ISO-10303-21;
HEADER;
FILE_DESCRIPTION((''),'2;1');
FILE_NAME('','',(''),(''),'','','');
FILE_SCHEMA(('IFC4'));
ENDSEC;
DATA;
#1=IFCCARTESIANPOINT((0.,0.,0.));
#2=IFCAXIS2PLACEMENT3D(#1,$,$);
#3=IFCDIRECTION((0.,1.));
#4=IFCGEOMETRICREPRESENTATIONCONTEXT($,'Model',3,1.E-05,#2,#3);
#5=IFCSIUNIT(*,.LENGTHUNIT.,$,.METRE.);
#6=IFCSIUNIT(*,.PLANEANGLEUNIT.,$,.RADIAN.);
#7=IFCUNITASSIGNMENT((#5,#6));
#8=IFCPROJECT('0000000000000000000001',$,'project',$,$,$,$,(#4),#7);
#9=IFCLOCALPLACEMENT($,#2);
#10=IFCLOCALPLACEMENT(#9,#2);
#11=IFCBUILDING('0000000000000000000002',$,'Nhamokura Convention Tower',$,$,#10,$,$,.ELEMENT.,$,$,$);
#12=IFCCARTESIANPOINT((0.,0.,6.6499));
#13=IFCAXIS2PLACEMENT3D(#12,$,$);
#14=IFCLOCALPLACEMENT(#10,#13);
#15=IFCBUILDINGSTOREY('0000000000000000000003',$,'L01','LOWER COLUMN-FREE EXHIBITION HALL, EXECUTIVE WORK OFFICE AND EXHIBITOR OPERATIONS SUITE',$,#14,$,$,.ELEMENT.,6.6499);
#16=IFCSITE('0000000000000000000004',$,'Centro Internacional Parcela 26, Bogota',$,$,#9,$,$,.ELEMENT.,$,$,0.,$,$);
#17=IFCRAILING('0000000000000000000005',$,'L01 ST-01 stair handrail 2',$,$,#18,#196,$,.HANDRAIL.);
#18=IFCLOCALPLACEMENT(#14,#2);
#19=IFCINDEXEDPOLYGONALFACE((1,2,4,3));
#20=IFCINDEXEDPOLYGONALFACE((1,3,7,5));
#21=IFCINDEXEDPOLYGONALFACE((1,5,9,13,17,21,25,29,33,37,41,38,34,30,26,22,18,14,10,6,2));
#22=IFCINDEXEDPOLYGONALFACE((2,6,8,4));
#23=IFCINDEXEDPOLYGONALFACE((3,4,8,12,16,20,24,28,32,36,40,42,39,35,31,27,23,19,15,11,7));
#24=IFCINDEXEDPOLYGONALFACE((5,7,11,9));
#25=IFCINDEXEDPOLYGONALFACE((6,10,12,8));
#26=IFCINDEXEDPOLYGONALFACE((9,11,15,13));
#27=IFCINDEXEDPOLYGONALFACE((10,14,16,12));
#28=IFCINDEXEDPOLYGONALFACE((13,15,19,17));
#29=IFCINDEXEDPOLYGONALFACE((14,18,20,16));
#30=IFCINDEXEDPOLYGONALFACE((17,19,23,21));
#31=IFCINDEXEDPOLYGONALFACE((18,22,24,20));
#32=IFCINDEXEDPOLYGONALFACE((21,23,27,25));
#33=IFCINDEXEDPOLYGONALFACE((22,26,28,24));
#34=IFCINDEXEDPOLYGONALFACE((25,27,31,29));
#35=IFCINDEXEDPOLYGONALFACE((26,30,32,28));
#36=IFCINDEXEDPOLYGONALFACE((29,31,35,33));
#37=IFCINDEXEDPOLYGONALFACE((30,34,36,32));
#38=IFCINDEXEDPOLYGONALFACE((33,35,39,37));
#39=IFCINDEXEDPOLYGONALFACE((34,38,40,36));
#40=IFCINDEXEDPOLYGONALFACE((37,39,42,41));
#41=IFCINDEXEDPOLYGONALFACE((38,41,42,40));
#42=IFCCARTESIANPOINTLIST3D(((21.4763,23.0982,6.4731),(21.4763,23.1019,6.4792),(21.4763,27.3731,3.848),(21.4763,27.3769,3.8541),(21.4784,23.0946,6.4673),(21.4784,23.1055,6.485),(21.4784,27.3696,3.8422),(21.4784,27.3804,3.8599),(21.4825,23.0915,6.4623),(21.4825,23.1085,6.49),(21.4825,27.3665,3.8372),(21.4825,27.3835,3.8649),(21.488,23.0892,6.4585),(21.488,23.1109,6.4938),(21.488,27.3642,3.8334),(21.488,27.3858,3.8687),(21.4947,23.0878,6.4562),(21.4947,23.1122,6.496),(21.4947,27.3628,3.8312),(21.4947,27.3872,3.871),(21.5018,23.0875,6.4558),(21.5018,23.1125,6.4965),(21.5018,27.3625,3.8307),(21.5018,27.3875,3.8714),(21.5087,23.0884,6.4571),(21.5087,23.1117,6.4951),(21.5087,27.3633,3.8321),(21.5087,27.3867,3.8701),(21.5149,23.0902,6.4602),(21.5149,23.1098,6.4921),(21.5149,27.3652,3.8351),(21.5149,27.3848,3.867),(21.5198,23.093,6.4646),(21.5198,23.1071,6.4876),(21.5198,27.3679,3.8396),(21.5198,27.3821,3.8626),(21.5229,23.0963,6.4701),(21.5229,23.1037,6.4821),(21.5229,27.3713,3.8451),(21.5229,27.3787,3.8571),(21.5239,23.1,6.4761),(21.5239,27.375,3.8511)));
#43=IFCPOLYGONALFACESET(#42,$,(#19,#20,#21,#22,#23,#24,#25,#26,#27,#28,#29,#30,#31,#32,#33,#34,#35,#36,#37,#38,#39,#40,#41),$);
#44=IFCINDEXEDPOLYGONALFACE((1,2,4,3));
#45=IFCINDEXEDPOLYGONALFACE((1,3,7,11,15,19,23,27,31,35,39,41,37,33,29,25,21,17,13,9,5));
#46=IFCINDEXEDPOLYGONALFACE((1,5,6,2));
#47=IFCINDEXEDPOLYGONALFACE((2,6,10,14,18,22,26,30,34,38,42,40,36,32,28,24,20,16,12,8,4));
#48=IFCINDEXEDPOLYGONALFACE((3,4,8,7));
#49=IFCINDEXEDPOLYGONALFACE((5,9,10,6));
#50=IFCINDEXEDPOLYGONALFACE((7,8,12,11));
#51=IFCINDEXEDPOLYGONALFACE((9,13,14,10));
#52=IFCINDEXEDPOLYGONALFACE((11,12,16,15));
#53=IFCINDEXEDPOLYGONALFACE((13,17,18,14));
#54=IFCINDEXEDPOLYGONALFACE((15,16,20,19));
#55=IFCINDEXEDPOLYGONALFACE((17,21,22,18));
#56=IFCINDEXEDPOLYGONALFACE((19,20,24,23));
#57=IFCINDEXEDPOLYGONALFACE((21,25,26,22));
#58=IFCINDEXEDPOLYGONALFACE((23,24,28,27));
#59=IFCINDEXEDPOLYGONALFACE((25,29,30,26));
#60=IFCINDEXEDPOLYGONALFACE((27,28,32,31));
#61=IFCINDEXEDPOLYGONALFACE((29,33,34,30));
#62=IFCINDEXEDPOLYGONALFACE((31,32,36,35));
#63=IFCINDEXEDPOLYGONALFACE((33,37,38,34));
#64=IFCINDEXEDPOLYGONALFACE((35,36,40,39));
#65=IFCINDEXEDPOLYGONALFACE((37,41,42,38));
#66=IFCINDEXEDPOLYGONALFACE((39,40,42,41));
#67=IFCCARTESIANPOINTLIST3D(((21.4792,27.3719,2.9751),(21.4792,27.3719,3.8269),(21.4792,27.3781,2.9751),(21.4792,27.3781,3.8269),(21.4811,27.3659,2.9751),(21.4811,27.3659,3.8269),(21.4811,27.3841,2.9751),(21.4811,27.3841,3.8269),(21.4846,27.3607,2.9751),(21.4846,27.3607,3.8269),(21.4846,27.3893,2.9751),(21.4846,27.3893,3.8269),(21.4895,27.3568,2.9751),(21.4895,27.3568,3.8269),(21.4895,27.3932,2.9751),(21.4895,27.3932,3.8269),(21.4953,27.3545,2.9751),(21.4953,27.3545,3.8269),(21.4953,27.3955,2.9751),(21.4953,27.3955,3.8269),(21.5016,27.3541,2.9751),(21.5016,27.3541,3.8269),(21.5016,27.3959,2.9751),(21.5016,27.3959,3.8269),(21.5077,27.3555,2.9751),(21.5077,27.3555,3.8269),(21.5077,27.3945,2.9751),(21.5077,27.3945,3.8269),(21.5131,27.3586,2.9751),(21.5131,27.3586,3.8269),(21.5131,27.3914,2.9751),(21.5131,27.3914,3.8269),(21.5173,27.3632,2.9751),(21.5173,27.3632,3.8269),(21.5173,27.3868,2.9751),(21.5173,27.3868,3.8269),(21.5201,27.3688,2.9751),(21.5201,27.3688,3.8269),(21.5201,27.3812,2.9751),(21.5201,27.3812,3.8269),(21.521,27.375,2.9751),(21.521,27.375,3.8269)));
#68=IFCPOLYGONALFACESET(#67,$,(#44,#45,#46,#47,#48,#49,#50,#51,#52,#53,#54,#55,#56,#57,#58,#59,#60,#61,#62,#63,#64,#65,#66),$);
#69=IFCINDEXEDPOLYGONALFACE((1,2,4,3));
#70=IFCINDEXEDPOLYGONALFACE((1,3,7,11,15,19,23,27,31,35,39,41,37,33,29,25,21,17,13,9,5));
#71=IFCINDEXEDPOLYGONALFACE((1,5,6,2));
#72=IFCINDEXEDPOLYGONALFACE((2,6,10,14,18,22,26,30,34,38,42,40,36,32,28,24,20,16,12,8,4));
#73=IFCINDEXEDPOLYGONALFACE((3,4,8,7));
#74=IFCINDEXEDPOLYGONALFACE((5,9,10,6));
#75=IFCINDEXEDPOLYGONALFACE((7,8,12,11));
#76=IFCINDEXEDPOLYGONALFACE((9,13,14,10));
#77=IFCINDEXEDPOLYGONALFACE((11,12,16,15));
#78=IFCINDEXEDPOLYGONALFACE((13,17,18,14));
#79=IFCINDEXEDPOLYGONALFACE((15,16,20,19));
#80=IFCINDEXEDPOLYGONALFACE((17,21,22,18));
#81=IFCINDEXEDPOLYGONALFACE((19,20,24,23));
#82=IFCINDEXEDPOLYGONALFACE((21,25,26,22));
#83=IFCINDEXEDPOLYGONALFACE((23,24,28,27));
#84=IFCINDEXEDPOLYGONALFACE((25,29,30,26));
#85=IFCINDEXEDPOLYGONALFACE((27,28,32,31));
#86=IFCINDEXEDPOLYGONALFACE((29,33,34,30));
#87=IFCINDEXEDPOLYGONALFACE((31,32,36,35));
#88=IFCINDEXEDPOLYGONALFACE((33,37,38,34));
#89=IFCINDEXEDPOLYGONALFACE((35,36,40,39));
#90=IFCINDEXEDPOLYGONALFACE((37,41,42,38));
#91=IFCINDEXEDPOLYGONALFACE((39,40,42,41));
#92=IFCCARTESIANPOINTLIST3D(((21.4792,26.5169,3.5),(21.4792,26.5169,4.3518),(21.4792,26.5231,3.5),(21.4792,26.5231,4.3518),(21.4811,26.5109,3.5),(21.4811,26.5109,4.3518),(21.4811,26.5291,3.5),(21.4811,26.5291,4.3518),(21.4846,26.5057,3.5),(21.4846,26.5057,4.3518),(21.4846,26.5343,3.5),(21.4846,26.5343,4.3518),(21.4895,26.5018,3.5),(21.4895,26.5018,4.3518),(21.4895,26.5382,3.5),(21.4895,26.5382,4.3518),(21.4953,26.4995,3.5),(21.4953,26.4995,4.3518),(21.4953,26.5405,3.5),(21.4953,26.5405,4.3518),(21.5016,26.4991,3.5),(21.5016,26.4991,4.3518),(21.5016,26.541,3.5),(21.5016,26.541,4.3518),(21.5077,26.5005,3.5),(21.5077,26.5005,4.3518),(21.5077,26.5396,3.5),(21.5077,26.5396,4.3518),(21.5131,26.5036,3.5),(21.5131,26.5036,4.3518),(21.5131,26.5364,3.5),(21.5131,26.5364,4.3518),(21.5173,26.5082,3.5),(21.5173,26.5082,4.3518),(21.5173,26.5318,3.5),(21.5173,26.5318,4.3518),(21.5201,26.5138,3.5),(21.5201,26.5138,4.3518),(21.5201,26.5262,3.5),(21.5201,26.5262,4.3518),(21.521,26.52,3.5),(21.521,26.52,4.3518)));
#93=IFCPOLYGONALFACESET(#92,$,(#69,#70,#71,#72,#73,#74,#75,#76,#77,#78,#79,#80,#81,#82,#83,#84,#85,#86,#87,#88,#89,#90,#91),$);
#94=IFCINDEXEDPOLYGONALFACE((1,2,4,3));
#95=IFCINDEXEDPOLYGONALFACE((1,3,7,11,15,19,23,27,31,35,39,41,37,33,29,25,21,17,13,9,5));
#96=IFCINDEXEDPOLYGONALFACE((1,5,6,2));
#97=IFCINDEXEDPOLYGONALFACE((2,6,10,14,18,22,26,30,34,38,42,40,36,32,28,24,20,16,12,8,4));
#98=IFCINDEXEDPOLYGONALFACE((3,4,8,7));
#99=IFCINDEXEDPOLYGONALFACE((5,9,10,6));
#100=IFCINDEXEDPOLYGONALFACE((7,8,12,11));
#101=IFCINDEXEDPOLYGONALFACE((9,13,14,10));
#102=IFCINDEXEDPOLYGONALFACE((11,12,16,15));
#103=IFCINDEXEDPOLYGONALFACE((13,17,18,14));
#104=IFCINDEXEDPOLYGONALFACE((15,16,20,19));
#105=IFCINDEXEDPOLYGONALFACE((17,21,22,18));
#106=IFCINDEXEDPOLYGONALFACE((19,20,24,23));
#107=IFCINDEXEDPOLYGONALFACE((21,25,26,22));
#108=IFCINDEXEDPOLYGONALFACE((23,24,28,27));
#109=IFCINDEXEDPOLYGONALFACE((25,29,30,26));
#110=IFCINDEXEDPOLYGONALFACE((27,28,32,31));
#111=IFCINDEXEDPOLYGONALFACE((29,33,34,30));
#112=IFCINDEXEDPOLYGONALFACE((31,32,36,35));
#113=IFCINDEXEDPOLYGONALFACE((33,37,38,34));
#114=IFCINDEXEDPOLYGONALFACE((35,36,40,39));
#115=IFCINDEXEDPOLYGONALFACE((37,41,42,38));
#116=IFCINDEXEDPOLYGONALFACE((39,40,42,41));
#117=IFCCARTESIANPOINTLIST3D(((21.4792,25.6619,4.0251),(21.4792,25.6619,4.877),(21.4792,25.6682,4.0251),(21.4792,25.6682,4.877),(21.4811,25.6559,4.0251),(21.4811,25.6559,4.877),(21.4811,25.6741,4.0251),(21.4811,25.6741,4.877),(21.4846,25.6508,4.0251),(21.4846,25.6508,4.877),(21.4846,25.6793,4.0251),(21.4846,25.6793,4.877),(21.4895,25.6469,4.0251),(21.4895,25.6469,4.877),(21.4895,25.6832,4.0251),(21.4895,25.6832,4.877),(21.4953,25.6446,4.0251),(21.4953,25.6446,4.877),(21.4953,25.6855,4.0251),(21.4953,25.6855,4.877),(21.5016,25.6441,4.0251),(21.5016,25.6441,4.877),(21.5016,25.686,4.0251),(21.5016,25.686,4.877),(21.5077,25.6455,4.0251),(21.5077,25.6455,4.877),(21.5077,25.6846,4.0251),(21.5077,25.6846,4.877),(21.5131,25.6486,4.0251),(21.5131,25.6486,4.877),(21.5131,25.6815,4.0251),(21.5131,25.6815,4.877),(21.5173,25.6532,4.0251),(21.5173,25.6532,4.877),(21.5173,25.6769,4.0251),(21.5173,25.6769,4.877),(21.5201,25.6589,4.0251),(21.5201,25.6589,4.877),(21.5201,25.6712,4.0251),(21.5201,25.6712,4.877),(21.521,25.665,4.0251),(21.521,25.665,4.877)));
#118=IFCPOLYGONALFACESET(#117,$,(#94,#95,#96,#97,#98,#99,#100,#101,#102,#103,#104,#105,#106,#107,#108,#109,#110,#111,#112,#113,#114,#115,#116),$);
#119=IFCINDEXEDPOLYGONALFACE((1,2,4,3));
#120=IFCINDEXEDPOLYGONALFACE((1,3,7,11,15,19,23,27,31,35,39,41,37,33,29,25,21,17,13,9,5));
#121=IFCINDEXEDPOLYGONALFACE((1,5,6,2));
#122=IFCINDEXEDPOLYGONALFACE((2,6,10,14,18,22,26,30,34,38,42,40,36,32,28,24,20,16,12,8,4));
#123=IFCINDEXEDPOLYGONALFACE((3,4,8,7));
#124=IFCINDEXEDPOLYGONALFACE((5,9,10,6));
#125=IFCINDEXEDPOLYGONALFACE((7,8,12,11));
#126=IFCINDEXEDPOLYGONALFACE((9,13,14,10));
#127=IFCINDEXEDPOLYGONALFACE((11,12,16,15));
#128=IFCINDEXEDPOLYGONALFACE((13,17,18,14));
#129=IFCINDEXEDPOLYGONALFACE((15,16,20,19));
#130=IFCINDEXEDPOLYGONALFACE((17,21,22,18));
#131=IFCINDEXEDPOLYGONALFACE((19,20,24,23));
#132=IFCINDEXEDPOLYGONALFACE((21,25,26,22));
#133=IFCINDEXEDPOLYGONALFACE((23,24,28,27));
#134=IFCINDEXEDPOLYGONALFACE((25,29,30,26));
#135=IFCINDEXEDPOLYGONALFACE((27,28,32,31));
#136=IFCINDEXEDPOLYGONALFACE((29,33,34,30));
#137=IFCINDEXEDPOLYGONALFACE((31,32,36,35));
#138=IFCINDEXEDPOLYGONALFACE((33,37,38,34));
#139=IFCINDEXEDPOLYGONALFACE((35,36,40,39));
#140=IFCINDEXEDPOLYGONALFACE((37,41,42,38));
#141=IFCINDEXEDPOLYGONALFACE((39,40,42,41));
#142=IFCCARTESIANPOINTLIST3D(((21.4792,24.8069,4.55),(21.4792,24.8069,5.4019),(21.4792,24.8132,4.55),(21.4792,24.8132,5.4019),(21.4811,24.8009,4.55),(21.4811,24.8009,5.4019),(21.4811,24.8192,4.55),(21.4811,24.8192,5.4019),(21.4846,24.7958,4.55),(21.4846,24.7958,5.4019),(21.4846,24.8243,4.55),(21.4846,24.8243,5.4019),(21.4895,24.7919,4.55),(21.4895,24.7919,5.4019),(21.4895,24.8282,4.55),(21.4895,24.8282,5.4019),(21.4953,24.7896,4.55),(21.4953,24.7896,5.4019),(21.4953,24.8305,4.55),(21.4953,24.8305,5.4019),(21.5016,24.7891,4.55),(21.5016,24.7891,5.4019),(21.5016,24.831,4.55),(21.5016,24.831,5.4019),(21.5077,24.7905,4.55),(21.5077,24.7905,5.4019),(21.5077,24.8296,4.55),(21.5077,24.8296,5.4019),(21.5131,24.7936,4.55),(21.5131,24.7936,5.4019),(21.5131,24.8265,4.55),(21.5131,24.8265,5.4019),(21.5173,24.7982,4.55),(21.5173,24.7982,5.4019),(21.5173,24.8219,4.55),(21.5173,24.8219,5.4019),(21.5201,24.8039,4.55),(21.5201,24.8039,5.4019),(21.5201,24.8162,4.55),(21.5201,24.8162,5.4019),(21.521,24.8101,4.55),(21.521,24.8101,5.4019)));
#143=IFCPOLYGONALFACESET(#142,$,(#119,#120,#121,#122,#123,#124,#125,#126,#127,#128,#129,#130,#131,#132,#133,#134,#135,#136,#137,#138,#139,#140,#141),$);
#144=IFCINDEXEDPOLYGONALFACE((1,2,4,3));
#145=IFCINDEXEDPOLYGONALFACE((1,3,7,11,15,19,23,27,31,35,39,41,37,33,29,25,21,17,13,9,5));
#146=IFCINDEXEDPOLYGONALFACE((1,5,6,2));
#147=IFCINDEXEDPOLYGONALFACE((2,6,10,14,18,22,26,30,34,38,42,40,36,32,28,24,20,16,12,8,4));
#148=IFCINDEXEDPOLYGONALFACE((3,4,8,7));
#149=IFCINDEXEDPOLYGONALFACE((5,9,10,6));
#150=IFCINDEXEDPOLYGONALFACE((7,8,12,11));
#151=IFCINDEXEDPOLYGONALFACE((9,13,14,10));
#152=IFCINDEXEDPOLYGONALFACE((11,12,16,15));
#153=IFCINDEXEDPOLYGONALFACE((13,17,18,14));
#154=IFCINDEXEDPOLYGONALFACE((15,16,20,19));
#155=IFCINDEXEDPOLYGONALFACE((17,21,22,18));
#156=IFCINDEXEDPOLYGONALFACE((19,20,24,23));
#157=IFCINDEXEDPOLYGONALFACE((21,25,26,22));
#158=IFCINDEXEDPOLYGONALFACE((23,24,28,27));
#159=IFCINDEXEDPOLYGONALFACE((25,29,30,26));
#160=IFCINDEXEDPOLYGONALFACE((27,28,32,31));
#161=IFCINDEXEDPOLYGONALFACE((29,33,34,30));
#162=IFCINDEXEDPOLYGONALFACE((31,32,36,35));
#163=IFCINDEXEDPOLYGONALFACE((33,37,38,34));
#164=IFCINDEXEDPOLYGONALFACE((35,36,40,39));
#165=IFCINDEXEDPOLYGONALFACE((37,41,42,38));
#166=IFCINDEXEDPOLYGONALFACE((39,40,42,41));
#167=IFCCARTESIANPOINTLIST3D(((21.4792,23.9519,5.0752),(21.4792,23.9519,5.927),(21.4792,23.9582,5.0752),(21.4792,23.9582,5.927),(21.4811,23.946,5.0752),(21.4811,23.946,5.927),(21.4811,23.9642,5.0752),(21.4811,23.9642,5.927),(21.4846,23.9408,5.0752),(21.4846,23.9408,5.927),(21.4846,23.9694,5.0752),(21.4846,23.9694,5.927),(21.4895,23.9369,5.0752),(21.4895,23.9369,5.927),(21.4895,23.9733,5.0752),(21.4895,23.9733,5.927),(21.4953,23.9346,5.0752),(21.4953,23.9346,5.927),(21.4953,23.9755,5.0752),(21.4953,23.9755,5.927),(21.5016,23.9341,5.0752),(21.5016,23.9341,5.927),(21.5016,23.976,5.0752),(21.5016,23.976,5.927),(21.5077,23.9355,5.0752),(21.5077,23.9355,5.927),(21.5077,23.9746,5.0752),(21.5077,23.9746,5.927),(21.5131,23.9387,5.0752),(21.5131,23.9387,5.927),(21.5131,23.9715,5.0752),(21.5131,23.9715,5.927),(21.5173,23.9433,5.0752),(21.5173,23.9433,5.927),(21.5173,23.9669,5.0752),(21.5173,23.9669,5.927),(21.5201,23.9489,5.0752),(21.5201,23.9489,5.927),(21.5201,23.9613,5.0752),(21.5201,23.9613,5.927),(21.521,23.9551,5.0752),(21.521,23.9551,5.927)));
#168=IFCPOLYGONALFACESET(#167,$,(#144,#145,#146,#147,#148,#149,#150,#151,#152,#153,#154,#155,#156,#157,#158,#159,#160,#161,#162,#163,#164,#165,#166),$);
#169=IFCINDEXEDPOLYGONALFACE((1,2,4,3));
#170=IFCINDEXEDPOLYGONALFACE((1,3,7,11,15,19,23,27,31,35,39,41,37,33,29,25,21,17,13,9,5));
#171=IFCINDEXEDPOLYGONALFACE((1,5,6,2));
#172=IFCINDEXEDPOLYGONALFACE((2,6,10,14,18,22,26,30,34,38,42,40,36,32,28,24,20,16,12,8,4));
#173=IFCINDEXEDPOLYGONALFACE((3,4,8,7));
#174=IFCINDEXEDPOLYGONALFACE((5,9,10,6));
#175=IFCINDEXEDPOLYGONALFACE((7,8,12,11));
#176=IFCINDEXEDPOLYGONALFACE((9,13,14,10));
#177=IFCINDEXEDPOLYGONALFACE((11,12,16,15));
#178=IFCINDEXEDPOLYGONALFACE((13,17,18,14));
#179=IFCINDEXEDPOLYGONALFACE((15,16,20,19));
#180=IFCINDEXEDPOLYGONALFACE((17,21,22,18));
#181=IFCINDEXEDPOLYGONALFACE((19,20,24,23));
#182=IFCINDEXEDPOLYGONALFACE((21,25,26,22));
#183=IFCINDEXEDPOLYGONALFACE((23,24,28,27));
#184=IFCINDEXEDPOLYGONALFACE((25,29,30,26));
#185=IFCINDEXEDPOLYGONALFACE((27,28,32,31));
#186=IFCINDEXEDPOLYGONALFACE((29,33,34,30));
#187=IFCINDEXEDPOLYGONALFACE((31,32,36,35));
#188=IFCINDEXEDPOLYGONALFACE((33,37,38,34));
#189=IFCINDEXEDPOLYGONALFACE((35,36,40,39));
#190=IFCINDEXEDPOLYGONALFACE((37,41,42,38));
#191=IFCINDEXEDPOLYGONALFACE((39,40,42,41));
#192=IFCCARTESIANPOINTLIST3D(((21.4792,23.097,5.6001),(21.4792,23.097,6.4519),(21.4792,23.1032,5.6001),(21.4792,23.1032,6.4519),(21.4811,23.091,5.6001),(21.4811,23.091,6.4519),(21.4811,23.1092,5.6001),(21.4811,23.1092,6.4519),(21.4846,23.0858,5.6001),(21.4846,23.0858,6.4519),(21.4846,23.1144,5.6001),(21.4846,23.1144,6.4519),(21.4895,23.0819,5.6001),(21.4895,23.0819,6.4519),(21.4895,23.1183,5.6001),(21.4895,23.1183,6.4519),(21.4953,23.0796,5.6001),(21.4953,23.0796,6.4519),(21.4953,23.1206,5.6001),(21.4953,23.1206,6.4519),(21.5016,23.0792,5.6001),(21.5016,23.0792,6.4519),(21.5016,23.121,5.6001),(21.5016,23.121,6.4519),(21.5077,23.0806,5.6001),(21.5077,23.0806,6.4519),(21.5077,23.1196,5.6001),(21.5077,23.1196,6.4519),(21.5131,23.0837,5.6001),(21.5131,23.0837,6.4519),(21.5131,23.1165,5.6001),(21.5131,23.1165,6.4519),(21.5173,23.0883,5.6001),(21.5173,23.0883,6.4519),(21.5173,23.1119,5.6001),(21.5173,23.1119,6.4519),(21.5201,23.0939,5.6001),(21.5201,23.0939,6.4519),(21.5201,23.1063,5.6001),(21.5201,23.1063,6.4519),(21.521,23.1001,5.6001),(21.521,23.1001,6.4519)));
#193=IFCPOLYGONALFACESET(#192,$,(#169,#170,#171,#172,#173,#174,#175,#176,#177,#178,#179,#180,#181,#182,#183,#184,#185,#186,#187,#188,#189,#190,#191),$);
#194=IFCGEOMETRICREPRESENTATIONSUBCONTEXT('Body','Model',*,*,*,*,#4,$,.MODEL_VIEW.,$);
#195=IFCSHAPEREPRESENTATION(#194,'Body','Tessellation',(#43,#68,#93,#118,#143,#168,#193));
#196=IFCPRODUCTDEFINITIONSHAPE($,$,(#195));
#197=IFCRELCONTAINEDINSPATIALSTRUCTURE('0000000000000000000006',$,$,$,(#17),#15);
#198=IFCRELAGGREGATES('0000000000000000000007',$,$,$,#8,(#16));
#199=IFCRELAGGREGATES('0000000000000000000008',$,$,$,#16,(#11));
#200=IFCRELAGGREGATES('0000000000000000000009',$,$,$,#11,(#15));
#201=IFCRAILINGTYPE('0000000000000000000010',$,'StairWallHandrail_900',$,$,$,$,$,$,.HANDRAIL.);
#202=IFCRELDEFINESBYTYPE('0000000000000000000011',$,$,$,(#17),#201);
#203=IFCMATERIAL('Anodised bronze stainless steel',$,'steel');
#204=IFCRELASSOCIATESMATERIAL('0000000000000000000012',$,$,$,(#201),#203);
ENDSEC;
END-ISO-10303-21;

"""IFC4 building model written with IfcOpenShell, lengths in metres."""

from ifc_helpers import new_model, si_unit, direction, frame, origin, origin_2d, place, context, subcontext, project, spatial, circle, extrude, material, type_object, element, save


model = new_model("IFC4")

# Units and contexts
model_context = context("Model", 3, precision=1e-05, world=origin(), true_north=direction((0.0, 1.0)))
body_context = subcontext(model_context, "Body", "Model", "MODEL_VIEW")
ifc_project = project(units=[si_unit("LENGTHUNIT", "METRE"), si_unit("PLANEANGLEUNIT", "RADIAN")], contexts=[model_context])

# Site, building, storey
site_placement = place(None, origin())
site = spatial("IfcSite", under=ifc_project, at=site_placement, Name="Centro Internacional Parcela 26, Bogota", CompositionType="ELEMENT", RefElevation=0.0)
building_placement = place(site_placement, origin())
building = spatial("IfcBuilding", under=site, at=building_placement, Name="Nhamokura Convention Tower", CompositionType="ELEMENT")
storey_placement = place(building_placement, frame((0.0, 0.0, 6.6499)))
storey = spatial("IfcBuildingStorey", under=building, at=storey_placement, Name="L01", Description="LOWER COLUMN-FREE EXHIBITION HALL, EXECUTIVE WORK OFFICE AND EXHIBITOR OPERATIONS SUITE", CompositionType="ELEMENT", Elevation=6.6499)

# Railing
ifc_material_1 = material(Name="Anodised bronze stainless steel", Category="steel")
railing_type_1 = type_object("IfcRailingType", Name="StairWallHandrail_900", PredefinedType="HANDRAIL", material=ifc_material_1)
railing_1_placement = place(storey_placement, frame((21.5, 27.375, 2.9751)))
element("IfcRailing", 1, at=railing_1_placement, inside=storey, type_object=railing_type_1, Name="L01 ST-01 stair handrail 2", PredefinedType="HANDRAIL", context=body_context, shape_type="SweptSolid", body=[
    extrude(circle(Radius=0.0239, at=origin_2d()), frame((0.0, 0.0, 0.876), z_axis=(0.0, -0.852166, 0.523272), x_axis=(1.0, 0.0, 0.0)), (0.0, 0.0, 1.0), 5.0166),
    extrude(circle(Radius=0.021, at=origin_2d()), origin(), (0.0, 0.0, 1.0), 0.8518),
    extrude(circle(Radius=0.021, at=origin_2d()), frame((0.0, -0.855, 0.5249)), (0.0, 0.0, 1.0), 0.8518),
    extrude(circle(Radius=0.021, at=origin_2d()), frame((0.0, -1.71, 1.05)), (0.0, 0.0, 1.0), 0.8518),
    extrude(circle(Radius=0.021, at=origin_2d()), frame((0.0, -2.5649, 1.575)), (0.0, 0.0, 1.0), 0.8518),
    extrude(circle(Radius=0.021, at=origin_2d()), frame((0.0, -3.4199, 2.1001)), (0.0, 0.0, 1.0), 0.8518),
    extrude(circle(Radius=0.021, at=origin_2d()), frame((0.0, -4.2749, 2.625)), (0.0, 0.0, 1.0), 0.8518),
])

save(model, "model.ifc")
